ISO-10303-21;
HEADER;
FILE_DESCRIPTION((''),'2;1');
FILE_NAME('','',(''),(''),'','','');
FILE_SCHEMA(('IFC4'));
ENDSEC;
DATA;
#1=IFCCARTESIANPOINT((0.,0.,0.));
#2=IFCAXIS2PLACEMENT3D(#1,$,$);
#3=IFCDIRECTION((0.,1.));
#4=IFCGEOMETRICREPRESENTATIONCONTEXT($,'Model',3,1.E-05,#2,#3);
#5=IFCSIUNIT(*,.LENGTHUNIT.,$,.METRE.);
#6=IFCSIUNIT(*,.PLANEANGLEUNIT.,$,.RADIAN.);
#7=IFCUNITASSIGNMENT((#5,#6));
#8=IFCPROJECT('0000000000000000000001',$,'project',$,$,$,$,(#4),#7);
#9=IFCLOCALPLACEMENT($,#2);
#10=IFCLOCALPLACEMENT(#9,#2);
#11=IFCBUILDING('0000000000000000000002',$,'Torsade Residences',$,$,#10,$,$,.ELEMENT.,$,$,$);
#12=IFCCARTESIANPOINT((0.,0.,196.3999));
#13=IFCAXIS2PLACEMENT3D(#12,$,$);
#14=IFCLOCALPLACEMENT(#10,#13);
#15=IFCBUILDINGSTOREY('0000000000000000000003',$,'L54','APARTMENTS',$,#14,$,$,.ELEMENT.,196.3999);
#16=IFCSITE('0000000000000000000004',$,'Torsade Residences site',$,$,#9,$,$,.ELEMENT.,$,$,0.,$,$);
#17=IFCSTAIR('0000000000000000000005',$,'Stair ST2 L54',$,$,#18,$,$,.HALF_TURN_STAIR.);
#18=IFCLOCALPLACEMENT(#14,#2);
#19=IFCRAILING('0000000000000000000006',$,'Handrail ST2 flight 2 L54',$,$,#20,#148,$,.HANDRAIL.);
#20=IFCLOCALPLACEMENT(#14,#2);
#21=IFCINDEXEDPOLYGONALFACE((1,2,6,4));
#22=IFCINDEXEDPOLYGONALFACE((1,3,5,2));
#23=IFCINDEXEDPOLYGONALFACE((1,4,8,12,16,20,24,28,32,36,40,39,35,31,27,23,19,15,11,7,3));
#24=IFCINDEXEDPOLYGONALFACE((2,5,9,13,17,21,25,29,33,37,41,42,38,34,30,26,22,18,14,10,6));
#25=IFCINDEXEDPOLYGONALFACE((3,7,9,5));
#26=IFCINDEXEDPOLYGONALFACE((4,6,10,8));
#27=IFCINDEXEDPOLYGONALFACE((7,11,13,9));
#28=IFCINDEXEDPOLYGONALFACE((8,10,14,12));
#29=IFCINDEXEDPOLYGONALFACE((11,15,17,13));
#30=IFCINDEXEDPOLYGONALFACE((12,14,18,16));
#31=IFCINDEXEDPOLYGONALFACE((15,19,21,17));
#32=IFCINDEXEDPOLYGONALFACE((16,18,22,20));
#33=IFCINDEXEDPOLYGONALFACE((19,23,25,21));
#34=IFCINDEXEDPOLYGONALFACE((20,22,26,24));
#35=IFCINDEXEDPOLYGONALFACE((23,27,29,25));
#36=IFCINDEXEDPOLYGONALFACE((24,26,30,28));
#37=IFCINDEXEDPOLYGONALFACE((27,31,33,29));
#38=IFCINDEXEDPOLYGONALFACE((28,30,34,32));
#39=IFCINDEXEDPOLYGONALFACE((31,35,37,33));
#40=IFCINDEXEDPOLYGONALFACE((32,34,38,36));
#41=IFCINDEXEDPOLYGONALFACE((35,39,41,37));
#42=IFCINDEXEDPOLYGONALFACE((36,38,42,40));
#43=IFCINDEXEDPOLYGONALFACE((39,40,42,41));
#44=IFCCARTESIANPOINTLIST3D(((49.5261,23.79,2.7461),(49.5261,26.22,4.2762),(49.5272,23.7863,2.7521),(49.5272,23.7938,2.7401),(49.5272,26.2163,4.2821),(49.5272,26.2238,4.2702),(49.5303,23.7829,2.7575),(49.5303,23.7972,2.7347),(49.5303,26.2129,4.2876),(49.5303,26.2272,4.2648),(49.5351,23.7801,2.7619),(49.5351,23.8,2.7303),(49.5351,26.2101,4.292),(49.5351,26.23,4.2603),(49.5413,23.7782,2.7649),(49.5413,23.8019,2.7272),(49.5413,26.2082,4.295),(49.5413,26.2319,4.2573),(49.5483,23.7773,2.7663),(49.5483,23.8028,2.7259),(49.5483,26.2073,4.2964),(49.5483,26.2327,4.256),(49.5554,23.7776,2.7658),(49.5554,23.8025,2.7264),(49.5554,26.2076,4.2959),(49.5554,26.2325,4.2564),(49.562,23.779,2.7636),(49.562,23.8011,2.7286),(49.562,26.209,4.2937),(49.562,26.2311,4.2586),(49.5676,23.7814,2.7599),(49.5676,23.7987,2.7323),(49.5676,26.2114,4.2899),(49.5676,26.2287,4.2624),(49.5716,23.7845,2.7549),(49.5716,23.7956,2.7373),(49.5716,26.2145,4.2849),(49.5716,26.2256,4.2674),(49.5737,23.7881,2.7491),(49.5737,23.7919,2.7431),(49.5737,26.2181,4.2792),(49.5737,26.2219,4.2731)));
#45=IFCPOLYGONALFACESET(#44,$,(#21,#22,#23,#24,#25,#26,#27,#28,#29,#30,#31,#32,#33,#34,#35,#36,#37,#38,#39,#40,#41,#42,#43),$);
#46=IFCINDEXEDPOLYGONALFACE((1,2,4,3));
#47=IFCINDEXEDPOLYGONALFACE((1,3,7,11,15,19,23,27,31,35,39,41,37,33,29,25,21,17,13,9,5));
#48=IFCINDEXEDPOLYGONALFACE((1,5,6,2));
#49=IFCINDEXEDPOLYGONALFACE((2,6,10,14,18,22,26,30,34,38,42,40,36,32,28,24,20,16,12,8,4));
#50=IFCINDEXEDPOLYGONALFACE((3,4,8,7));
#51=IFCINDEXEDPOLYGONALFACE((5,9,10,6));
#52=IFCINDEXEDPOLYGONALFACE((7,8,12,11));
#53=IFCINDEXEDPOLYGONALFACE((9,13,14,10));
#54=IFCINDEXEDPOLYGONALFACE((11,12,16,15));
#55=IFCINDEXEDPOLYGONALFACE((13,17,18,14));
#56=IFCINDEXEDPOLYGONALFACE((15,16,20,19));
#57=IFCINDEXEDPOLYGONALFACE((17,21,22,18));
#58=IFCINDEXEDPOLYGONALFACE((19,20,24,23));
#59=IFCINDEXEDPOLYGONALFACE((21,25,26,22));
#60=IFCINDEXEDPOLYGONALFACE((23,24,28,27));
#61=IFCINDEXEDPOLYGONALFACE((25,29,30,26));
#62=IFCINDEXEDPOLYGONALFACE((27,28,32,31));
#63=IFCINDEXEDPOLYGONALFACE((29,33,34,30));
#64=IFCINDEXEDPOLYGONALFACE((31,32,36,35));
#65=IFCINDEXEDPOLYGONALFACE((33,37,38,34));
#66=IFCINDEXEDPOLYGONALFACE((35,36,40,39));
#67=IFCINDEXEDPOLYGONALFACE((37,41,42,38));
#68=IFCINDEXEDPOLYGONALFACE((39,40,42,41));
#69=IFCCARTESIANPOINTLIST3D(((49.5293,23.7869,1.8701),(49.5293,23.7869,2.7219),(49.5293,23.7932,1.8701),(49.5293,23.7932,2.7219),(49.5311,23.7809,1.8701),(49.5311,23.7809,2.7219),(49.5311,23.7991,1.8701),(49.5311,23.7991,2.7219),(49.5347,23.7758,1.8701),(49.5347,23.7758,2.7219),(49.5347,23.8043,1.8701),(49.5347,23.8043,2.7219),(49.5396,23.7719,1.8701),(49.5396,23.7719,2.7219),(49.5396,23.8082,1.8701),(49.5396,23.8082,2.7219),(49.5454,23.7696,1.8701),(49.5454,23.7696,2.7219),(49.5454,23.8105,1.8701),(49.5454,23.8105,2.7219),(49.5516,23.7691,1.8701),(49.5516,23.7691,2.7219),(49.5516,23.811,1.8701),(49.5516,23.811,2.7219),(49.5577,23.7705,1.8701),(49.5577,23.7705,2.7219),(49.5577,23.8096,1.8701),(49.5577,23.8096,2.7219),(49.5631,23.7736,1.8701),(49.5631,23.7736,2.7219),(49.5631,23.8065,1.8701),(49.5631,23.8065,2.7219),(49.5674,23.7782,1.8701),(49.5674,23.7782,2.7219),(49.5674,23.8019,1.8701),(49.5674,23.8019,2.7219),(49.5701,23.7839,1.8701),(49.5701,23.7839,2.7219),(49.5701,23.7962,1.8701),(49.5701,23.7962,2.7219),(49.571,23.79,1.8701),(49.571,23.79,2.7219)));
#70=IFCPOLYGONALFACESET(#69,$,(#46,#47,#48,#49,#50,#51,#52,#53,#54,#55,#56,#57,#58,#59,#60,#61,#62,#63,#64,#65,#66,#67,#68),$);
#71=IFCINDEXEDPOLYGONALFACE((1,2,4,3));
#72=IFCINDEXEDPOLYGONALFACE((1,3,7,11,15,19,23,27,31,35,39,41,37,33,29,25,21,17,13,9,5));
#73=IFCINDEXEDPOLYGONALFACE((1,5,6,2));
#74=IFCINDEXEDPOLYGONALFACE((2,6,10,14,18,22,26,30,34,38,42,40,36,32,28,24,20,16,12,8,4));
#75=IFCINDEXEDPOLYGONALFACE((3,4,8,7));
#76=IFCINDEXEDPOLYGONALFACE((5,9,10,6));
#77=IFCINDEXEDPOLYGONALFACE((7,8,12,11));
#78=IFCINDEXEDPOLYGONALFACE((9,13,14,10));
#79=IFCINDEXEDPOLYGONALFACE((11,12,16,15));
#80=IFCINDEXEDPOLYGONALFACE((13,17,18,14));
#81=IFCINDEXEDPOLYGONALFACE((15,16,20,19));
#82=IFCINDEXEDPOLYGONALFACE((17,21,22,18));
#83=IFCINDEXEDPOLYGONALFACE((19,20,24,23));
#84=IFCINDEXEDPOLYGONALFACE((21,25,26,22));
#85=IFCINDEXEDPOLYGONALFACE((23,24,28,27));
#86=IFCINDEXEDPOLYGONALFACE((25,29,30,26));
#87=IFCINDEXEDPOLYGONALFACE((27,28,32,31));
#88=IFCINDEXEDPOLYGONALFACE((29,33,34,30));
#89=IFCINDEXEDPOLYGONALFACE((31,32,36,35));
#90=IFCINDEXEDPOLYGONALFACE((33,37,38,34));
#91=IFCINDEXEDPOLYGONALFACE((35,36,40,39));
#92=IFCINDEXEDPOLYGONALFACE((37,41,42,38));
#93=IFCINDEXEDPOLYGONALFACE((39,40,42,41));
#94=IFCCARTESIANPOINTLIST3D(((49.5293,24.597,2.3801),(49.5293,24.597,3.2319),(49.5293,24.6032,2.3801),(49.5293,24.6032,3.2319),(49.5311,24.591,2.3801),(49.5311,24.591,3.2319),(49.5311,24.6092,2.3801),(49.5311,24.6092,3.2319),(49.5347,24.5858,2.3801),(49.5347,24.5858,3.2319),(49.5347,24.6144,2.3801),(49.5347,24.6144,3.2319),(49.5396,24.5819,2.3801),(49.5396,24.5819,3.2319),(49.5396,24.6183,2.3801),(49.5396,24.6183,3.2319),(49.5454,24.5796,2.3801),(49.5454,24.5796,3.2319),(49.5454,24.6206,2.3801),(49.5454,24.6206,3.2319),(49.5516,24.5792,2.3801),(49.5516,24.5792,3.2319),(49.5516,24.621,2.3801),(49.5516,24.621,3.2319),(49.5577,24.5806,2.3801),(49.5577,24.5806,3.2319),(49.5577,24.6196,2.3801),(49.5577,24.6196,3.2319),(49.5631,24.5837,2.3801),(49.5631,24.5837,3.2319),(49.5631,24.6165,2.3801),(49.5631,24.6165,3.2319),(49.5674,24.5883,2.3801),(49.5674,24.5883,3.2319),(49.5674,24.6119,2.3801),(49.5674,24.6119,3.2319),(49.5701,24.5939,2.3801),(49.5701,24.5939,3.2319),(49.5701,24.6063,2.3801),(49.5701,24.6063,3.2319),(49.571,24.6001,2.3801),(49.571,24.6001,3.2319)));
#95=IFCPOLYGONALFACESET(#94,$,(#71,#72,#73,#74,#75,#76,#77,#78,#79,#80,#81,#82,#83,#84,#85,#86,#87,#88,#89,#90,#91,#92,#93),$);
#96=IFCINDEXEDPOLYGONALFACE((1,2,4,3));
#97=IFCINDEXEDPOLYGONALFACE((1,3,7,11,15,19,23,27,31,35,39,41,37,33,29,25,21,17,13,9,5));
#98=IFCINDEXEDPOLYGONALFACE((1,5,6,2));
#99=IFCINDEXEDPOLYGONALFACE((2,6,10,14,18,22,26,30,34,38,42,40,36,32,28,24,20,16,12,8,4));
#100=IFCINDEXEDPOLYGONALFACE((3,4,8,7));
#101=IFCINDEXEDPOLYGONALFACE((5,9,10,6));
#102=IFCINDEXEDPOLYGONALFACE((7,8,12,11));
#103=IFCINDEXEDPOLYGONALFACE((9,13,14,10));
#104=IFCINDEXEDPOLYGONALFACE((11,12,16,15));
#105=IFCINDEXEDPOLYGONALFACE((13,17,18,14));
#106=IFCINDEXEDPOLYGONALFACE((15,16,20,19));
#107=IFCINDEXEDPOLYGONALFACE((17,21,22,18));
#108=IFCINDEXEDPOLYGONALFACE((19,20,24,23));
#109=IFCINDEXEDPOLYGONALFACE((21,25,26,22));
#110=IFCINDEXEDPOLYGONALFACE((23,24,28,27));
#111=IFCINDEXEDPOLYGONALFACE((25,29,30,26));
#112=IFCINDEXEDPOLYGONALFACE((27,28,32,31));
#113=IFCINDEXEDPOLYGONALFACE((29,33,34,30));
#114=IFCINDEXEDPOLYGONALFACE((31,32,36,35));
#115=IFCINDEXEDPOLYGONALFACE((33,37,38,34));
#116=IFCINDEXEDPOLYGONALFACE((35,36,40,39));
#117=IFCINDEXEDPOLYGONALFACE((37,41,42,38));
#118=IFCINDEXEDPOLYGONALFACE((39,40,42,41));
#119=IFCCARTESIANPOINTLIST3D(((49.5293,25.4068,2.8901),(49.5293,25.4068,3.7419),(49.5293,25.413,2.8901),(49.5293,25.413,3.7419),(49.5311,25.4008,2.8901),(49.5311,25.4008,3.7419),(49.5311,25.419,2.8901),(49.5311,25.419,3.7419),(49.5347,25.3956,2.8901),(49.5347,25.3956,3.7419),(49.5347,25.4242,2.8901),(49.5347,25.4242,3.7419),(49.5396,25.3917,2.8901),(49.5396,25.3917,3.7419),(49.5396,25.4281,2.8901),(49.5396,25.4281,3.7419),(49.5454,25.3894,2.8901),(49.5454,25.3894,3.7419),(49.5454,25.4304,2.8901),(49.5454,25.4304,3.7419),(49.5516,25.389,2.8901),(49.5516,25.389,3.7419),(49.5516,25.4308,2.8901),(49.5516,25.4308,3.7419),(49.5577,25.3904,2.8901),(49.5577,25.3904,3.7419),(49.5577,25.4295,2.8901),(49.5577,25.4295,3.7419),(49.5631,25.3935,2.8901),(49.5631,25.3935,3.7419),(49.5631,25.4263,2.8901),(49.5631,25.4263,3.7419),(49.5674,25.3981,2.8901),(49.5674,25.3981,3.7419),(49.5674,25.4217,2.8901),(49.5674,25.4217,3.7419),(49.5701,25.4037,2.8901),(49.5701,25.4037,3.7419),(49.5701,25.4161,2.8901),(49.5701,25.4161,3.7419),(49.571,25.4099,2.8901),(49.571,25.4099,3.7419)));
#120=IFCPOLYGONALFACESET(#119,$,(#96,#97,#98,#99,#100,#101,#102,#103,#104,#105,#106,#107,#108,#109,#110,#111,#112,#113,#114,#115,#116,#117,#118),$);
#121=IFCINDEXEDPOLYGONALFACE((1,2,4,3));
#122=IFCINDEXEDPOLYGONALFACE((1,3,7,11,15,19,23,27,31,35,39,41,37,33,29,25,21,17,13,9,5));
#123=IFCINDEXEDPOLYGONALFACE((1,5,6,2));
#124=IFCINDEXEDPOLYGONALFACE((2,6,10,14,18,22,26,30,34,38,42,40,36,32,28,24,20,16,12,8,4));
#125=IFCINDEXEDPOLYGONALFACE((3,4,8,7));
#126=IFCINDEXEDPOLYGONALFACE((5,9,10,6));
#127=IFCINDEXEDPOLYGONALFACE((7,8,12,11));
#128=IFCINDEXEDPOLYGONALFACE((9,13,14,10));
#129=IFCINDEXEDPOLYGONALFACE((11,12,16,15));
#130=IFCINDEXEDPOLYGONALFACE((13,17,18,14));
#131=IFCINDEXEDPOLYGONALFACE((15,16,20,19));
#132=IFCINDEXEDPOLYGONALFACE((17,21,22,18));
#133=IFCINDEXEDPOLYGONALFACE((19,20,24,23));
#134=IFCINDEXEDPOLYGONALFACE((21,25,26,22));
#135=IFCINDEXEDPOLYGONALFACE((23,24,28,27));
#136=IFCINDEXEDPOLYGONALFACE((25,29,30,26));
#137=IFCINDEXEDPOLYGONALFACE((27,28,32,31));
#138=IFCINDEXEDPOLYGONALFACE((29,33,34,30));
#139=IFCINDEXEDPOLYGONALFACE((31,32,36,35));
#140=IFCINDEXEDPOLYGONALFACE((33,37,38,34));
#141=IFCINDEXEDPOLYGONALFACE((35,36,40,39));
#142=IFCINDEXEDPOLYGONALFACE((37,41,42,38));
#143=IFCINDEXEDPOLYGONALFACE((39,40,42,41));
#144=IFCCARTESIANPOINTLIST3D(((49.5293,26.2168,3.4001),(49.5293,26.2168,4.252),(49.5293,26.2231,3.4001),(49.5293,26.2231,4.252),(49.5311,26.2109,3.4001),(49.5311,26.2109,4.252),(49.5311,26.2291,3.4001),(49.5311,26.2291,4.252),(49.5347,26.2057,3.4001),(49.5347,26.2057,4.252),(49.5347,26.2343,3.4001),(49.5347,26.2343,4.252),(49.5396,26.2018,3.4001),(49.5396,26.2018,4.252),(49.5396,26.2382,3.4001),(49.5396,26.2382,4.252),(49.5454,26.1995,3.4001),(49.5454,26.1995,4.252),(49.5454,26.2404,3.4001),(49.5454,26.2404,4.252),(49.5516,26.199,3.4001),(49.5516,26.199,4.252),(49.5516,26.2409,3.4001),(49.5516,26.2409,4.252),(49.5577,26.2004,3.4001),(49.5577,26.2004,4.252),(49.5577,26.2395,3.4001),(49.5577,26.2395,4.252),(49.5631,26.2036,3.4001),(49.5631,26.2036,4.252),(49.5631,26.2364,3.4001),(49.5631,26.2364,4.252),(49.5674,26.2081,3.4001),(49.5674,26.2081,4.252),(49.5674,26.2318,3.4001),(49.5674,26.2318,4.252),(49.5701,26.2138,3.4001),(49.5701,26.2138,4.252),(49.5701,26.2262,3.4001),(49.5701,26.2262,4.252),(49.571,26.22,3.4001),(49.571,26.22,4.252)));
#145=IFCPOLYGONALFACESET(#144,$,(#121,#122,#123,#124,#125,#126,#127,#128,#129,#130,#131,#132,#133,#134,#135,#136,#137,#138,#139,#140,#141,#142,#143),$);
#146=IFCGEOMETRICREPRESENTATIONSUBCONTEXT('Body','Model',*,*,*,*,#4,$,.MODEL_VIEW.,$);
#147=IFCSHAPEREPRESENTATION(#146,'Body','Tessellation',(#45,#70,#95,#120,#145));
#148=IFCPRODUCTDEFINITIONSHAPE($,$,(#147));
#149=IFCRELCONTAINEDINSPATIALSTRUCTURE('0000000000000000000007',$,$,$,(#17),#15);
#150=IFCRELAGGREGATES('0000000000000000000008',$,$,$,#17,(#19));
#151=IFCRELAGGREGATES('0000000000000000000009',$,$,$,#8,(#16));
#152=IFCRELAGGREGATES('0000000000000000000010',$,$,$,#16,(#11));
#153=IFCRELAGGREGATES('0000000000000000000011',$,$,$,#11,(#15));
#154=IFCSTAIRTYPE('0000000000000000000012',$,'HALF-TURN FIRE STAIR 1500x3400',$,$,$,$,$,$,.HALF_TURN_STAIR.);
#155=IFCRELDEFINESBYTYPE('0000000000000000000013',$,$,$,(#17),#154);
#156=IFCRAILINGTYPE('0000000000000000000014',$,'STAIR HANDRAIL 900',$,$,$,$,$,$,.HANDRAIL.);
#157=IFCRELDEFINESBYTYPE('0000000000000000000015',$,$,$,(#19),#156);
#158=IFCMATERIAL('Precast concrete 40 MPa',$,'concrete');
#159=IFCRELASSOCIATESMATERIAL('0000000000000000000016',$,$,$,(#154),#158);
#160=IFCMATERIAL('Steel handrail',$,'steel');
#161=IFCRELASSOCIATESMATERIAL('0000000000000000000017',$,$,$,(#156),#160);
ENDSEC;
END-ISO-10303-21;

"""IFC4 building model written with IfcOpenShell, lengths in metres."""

from ifc_helpers import new_model, si_unit, direction, frame, origin, origin_2d, place, context, subcontext, project, spatial, circle, extrude, material, type_object, element, aggregate, save


model = new_model("IFC4")

# Units and contexts
model_context = context("Model", 3, precision=1e-05, world=origin(), true_north=direction((0.0, 1.0)))
body_context = subcontext(model_context, "Body", "Model", "MODEL_VIEW")
ifc_project = project(units=[si_unit("LENGTHUNIT", "METRE"), si_unit("PLANEANGLEUNIT", "RADIAN")], contexts=[model_context])

# Site, building, storey
site_placement = place(None, origin())
site = spatial("IfcSite", under=ifc_project, at=site_placement, Name="Torsade Residences site", CompositionType="ELEMENT", RefElevation=0.0)
building_placement = place(site_placement, origin())
building = spatial("IfcBuilding", under=site, at=building_placement, Name="Torsade Residences", CompositionType="ELEMENT")
storey_placement = place(building_placement, frame((0.0, 0.0, 196.3999)))
storey = spatial("IfcBuildingStorey", under=building, at=storey_placement, Name="L54", Description="APARTMENTS", CompositionType="ELEMENT", Elevation=196.3999)

# Stair, railing
ifc_material_1 = material(Name="Precast concrete 40 MPa", Category="concrete")
stair_type = type_object("IfcStairType", Name="HALF-TURN FIRE STAIR 1500x3400", PredefinedType="HALF_TURN_STAIR", material=ifc_material_1)
stair_placement = place(storey_placement, origin())
stair = element("IfcStair", 1, at=stair_placement, inside=storey, type_object=stair_type, Name="Stair ST2 L54", PredefinedType="HALF_TURN_STAIR")
ifc_material_2 = material(Name="Steel handrail", Category="steel")
railing_type = type_object("IfcRailingType", Name="STAIR HANDRAIL 900", PredefinedType="HANDRAIL", material=ifc_material_2)
railing_1_placement = place(storey_placement, frame((49.55, 23.79, 1.8701)))
railing_1 = element("IfcRailing", 2, at=railing_1_placement, type_object=railing_type, Name="Handrail ST2 flight 2 L54", PredefinedType="HANDRAIL", context=body_context, shape_type="SweptSolid", body=[
    extrude(circle(Radius=0.0239, at=origin_2d()), frame((0.0, 0.0, 0.876), z_axis=(0.0, 0.846221, 0.532831), x_axis=(-1.0, 0.0, 0.0)), (0.0, 0.0, 1.0), 2.8716),
    extrude(circle(Radius=0.021, at=origin_2d()), origin(), (0.0, 0.0, 1.0), 0.8518),
    extrude(circle(Radius=0.021, at=origin_2d()), frame((0.0, 0.8101, 0.51)), (0.0, 0.0, 1.0), 0.8518),
    extrude(circle(Radius=0.021, at=origin_2d()), frame((0.0, 1.6199, 1.02)), (0.0, 0.0, 1.0), 0.8518),
    extrude(circle(Radius=0.021, at=origin_2d()), frame((0.0, 2.4299, 1.53)), (0.0, 0.0, 1.0), 0.8518),
])
aggregate(stair, [railing_1])

save(model, "model.ifc")
